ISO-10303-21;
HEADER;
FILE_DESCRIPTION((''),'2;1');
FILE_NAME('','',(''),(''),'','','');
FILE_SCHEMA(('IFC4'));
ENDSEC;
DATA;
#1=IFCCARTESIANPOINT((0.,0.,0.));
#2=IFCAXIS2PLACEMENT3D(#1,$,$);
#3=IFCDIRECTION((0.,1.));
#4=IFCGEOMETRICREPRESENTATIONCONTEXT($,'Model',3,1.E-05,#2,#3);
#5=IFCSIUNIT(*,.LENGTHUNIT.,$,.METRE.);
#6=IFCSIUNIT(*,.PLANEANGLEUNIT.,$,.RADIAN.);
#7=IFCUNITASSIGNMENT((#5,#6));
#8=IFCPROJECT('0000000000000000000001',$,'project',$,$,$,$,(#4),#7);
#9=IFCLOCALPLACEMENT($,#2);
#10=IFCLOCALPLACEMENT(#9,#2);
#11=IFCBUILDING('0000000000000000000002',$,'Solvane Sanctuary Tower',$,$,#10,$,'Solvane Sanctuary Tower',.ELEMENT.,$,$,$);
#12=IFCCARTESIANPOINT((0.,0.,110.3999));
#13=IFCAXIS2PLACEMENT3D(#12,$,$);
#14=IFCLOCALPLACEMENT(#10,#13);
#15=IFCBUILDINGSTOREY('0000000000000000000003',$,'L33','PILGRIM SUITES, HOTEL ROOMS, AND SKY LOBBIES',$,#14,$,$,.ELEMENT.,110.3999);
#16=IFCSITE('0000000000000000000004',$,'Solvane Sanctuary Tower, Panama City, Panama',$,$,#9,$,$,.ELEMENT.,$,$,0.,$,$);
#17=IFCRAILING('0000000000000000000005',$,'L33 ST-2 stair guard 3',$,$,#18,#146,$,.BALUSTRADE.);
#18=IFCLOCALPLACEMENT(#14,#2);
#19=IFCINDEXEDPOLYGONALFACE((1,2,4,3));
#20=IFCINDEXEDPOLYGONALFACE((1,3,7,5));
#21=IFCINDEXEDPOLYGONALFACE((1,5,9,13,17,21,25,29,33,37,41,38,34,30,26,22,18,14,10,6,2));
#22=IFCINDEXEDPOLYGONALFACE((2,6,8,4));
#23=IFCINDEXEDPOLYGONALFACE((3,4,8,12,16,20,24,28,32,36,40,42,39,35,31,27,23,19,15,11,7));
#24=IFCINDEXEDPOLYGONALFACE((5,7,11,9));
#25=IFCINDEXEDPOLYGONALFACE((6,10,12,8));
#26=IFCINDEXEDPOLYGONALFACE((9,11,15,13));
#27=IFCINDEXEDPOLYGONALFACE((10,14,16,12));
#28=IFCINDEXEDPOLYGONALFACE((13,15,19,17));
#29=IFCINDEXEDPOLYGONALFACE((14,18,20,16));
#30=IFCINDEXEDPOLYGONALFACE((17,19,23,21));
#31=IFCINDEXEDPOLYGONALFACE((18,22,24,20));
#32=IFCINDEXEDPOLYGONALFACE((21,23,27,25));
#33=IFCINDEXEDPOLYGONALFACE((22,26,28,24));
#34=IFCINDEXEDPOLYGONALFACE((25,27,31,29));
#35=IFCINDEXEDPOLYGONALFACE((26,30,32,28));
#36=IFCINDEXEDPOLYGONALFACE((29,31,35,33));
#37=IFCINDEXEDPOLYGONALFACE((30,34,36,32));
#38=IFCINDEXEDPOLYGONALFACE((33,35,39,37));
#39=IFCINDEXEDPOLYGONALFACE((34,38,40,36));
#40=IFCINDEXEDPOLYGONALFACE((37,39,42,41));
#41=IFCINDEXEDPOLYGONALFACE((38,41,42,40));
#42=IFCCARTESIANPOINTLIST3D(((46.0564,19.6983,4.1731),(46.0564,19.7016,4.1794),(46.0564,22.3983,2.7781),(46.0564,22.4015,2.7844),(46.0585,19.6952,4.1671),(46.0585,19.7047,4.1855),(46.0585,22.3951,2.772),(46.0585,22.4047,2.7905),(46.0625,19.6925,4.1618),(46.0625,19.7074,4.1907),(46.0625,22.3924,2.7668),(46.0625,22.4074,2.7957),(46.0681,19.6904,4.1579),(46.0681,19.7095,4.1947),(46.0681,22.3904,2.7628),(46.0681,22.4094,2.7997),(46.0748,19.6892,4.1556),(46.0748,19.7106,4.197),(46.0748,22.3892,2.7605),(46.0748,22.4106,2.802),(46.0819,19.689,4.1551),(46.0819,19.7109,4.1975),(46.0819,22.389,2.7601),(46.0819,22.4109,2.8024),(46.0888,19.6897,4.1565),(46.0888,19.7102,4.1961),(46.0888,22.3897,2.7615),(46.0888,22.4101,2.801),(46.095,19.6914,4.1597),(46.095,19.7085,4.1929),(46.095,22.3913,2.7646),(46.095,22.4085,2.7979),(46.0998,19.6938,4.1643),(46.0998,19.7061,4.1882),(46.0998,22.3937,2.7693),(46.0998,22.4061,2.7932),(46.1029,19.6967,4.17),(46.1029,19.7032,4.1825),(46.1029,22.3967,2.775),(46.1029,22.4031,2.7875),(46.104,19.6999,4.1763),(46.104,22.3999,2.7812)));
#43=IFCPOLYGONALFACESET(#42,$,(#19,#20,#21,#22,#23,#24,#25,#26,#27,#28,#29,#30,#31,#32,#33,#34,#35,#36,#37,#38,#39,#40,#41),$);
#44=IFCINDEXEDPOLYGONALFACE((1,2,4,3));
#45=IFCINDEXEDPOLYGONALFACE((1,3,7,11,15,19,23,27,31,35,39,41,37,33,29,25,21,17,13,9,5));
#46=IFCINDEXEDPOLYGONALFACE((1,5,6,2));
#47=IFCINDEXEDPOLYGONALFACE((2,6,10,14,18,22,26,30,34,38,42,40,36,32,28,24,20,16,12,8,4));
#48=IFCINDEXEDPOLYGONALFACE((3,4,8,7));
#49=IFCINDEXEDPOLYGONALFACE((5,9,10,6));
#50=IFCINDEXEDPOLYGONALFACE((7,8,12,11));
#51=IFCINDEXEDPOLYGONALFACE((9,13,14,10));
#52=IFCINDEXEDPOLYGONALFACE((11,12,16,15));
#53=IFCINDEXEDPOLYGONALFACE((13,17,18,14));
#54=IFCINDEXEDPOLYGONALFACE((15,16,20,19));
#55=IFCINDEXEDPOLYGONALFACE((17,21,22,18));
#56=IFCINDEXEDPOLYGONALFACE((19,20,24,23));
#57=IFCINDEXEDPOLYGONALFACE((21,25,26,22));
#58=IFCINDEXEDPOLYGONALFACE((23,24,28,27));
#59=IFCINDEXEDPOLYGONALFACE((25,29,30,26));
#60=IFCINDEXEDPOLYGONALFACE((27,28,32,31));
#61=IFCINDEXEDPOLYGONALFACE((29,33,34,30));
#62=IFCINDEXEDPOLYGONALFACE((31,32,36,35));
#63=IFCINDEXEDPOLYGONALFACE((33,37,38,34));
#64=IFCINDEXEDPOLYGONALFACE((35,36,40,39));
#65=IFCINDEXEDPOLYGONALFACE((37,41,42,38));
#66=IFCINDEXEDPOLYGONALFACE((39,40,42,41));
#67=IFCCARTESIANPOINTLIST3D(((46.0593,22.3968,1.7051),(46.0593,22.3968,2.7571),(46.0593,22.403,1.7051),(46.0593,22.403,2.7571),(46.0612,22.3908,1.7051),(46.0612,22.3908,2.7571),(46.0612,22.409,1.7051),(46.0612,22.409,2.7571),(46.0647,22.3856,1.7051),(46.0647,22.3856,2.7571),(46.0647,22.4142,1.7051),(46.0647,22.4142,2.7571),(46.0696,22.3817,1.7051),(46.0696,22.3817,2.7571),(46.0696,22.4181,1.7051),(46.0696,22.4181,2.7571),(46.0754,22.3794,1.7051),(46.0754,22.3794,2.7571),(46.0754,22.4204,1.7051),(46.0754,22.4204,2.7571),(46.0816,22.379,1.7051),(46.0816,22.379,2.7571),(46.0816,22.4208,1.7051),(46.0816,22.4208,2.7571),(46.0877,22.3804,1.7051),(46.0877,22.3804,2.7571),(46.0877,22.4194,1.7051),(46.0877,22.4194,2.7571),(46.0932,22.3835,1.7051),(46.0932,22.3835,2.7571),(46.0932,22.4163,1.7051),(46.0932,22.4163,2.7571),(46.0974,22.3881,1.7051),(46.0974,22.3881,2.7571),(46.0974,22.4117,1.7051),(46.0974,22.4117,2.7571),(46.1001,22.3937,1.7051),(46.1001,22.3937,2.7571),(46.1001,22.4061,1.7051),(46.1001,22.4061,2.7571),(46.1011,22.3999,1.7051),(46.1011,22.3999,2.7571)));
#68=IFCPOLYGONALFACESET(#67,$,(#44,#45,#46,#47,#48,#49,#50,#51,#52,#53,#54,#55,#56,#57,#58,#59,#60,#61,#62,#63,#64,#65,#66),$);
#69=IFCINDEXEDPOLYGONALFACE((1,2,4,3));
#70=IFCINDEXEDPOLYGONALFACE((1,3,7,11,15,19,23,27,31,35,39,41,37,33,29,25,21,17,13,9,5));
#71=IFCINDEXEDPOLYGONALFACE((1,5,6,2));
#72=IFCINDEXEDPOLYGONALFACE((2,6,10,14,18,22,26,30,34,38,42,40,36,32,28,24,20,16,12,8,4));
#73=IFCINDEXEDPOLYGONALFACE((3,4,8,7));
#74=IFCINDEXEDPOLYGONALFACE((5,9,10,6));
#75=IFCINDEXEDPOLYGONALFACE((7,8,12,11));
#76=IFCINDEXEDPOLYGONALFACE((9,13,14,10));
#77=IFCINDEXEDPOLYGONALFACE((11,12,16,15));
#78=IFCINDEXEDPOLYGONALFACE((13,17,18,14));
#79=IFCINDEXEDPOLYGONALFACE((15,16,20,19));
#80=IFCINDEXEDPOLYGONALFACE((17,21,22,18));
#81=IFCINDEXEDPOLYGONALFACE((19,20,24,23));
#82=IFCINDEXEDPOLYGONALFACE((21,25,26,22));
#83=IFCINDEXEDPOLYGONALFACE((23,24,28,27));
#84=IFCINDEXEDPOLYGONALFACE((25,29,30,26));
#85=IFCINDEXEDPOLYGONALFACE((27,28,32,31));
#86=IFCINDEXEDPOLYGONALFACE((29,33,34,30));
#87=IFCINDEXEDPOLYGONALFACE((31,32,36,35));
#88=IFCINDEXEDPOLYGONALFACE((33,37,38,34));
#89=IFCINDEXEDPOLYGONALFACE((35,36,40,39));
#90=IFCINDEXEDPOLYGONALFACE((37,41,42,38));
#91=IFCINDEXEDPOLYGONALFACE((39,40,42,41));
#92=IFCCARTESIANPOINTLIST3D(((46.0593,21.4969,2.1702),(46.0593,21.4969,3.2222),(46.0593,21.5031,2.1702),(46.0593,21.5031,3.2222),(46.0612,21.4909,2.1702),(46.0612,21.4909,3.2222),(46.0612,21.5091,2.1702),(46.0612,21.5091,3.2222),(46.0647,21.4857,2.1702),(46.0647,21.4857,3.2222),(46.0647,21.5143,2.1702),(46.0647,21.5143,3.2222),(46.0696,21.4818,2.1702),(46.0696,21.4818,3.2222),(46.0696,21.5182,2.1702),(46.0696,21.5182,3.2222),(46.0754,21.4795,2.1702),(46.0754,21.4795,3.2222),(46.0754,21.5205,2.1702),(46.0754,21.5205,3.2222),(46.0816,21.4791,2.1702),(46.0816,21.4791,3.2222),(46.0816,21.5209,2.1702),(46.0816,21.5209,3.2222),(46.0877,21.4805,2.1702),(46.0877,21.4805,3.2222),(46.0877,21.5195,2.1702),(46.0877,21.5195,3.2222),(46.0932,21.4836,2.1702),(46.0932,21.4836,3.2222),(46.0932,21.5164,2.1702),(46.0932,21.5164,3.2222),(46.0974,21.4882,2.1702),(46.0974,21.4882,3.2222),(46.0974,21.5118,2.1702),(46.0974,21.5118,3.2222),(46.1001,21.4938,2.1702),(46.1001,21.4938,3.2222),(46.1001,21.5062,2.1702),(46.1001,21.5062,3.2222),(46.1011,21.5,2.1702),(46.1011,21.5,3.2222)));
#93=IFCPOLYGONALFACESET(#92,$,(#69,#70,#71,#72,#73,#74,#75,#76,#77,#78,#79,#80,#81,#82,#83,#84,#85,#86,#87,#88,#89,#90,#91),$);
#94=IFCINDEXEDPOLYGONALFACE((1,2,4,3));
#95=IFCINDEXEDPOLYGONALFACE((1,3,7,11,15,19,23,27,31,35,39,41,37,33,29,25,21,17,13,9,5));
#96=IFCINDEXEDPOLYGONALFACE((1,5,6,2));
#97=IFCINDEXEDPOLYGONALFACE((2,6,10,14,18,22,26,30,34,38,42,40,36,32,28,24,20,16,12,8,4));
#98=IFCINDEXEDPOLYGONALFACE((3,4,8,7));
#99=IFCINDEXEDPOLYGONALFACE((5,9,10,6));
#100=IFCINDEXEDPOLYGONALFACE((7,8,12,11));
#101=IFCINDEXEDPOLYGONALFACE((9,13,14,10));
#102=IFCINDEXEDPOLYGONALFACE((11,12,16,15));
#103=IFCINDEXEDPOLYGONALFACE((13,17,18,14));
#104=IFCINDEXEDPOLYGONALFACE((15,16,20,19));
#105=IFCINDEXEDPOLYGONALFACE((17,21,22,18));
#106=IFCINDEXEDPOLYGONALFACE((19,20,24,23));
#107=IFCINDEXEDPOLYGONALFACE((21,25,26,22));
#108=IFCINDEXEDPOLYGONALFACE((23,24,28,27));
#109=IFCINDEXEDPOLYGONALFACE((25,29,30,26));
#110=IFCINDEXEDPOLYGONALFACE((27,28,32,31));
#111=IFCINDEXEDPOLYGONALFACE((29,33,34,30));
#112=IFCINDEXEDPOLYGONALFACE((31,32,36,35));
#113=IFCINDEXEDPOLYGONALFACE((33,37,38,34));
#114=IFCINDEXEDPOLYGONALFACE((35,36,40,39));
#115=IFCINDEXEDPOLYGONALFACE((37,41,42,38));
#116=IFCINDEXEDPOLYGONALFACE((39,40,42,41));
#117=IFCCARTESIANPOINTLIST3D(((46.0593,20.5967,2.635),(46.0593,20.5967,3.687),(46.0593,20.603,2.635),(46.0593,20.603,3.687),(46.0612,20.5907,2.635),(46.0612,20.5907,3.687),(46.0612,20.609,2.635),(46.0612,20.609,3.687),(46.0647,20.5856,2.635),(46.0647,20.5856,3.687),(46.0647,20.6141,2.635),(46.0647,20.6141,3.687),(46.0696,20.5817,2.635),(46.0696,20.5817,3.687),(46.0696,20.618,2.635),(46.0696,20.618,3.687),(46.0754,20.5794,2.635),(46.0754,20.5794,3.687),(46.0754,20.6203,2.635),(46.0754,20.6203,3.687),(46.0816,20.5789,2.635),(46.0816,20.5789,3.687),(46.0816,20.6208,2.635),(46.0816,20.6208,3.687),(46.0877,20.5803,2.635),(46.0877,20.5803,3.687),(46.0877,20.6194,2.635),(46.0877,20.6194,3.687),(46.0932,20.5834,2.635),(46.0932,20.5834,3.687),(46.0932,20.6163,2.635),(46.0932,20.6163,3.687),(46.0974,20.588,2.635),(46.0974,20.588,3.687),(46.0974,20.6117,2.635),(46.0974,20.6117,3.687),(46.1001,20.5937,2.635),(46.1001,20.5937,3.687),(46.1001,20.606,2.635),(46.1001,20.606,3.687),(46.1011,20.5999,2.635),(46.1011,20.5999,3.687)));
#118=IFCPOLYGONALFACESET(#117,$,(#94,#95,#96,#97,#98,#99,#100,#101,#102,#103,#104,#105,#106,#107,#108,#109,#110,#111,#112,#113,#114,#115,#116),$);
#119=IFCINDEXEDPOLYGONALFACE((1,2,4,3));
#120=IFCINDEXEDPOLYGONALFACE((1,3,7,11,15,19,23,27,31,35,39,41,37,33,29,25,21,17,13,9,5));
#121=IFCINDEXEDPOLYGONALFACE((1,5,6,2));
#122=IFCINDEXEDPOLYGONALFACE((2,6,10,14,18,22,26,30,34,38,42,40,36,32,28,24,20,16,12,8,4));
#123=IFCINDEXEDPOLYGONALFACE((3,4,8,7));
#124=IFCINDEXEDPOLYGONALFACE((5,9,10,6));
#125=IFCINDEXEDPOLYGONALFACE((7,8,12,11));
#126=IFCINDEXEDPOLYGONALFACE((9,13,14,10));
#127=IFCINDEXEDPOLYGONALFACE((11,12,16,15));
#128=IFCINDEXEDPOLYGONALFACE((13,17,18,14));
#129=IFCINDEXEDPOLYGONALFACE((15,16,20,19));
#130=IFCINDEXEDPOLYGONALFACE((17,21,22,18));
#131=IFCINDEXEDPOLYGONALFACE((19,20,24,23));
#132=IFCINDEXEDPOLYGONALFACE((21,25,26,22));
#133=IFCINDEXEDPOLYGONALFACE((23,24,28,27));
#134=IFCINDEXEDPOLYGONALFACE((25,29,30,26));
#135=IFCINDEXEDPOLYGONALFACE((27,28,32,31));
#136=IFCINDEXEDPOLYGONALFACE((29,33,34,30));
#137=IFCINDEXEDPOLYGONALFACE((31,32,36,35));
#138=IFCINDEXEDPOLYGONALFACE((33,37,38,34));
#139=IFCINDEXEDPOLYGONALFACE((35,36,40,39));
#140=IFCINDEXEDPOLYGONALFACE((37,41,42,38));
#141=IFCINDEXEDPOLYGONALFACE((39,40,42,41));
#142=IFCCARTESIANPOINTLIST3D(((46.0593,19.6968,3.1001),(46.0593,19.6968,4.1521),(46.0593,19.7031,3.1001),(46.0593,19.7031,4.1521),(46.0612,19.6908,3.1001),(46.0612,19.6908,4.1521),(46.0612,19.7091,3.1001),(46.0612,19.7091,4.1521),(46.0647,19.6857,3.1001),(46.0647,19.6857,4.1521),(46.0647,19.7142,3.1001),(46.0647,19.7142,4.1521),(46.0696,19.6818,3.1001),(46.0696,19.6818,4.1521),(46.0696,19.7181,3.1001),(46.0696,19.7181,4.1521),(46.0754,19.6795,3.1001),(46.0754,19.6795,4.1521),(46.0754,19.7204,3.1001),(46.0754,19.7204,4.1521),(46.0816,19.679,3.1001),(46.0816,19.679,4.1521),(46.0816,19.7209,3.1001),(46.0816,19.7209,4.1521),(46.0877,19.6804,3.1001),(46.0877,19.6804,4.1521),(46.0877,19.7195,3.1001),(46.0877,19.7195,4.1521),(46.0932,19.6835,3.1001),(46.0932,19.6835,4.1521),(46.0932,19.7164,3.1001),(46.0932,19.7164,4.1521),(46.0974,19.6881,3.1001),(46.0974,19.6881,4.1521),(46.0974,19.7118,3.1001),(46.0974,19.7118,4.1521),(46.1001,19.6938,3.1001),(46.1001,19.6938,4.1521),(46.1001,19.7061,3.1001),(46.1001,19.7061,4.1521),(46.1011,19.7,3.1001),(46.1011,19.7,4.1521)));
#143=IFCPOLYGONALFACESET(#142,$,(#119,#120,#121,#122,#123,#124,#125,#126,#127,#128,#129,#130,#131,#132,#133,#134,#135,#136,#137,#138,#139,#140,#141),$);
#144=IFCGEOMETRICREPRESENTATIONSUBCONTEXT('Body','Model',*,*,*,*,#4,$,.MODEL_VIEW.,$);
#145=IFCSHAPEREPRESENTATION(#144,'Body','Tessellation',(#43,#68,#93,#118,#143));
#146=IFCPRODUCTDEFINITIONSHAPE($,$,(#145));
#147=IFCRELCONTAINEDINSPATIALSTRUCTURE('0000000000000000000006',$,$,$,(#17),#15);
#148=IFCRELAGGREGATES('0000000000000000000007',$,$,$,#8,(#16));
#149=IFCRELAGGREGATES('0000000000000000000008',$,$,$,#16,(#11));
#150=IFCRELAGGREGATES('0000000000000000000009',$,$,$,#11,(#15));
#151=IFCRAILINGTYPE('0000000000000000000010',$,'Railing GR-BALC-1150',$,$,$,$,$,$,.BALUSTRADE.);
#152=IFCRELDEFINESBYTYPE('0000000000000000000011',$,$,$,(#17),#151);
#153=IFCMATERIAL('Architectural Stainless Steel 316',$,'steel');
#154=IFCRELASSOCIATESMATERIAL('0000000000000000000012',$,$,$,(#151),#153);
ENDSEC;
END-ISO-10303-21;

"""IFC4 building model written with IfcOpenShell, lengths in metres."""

from ifc_helpers import new_model, si_unit, direction, frame, origin, origin_2d, place, context, subcontext, project, spatial, circle, extrude, material, type_object, element, save


model = new_model("IFC4")

# Units and contexts
model_context = context("Model", 3, precision=1e-05, world=origin(), true_north=direction((0.0, 1.0)))
body_context = subcontext(model_context, "Body", "Model", "MODEL_VIEW")
ifc_project = project(units=[si_unit("LENGTHUNIT", "METRE"), si_unit("PLANEANGLEUNIT", "RADIAN")], contexts=[model_context])

# Site, building, storey
site_placement = place(None, origin())
site = spatial("IfcSite", under=ifc_project, at=site_placement, Name="Solvane Sanctuary Tower, Panama City, Panama", CompositionType="ELEMENT", RefElevation=0.0)
building_placement = place(site_placement, origin())
building = spatial("IfcBuilding", under=site, at=building_placement, Name="Solvane Sanctuary Tower", LongName="Solvane Sanctuary Tower", CompositionType="ELEMENT")
storey_placement = place(building_placement, frame((0.0, 0.0, 110.3999)))
storey = spatial("IfcBuildingStorey", under=building, at=storey_placement, Name="L33", Description="PILGRIM SUITES, HOTEL ROOMS, AND SKY LOBBIES", CompositionType="ELEMENT", Elevation=110.3999)

# Shared definitions
ifc_material_1 = material(Name="Architectural Stainless Steel 316", Category="steel")

# Railing
railing_type_1 = type_object("IfcRailingType", Name="Railing GR-BALC-1150", PredefinedType="BALUSTRADE", material=ifc_material_1)
railing_1_placement = place(storey_placement, frame((46.0801, 22.3999, 1.7051)))
element("IfcRailing", 1, at=railing_1_placement, inside=storey, type_object=railing_type_1, Name="L33 ST-2 stair guard 3", PredefinedType="BALUSTRADE", context=body_context, shape_type="SweptSolid", body=[
    extrude(circle(Radius=0.0239, at=origin_2d()), frame((0.0, 0.0, 1.0762), z_axis=(0.0, -0.88842, 0.459032), x_axis=(1.0, 0.0, 0.0)), (0.0, 0.0, 1.0), 3.0391),
    extrude(circle(Radius=0.021, at=origin_2d()), origin(), (0.0, 0.0, 1.0), 1.052),
    extrude(circle(Radius=0.021, at=origin_2d()), frame((0.0, -0.8999, 0.4651)), (0.0, 0.0, 1.0), 1.052),
    extrude(circle(Radius=0.021, at=origin_2d()), frame((0.0, -1.8, 0.9299)), (0.0, 0.0, 1.0), 1.052),
    extrude(circle(Radius=0.021, at=origin_2d()), frame((0.0, -2.7, 1.395)), (0.0, 0.0, 1.0), 1.052),
])

save(model, "model.ifc")
